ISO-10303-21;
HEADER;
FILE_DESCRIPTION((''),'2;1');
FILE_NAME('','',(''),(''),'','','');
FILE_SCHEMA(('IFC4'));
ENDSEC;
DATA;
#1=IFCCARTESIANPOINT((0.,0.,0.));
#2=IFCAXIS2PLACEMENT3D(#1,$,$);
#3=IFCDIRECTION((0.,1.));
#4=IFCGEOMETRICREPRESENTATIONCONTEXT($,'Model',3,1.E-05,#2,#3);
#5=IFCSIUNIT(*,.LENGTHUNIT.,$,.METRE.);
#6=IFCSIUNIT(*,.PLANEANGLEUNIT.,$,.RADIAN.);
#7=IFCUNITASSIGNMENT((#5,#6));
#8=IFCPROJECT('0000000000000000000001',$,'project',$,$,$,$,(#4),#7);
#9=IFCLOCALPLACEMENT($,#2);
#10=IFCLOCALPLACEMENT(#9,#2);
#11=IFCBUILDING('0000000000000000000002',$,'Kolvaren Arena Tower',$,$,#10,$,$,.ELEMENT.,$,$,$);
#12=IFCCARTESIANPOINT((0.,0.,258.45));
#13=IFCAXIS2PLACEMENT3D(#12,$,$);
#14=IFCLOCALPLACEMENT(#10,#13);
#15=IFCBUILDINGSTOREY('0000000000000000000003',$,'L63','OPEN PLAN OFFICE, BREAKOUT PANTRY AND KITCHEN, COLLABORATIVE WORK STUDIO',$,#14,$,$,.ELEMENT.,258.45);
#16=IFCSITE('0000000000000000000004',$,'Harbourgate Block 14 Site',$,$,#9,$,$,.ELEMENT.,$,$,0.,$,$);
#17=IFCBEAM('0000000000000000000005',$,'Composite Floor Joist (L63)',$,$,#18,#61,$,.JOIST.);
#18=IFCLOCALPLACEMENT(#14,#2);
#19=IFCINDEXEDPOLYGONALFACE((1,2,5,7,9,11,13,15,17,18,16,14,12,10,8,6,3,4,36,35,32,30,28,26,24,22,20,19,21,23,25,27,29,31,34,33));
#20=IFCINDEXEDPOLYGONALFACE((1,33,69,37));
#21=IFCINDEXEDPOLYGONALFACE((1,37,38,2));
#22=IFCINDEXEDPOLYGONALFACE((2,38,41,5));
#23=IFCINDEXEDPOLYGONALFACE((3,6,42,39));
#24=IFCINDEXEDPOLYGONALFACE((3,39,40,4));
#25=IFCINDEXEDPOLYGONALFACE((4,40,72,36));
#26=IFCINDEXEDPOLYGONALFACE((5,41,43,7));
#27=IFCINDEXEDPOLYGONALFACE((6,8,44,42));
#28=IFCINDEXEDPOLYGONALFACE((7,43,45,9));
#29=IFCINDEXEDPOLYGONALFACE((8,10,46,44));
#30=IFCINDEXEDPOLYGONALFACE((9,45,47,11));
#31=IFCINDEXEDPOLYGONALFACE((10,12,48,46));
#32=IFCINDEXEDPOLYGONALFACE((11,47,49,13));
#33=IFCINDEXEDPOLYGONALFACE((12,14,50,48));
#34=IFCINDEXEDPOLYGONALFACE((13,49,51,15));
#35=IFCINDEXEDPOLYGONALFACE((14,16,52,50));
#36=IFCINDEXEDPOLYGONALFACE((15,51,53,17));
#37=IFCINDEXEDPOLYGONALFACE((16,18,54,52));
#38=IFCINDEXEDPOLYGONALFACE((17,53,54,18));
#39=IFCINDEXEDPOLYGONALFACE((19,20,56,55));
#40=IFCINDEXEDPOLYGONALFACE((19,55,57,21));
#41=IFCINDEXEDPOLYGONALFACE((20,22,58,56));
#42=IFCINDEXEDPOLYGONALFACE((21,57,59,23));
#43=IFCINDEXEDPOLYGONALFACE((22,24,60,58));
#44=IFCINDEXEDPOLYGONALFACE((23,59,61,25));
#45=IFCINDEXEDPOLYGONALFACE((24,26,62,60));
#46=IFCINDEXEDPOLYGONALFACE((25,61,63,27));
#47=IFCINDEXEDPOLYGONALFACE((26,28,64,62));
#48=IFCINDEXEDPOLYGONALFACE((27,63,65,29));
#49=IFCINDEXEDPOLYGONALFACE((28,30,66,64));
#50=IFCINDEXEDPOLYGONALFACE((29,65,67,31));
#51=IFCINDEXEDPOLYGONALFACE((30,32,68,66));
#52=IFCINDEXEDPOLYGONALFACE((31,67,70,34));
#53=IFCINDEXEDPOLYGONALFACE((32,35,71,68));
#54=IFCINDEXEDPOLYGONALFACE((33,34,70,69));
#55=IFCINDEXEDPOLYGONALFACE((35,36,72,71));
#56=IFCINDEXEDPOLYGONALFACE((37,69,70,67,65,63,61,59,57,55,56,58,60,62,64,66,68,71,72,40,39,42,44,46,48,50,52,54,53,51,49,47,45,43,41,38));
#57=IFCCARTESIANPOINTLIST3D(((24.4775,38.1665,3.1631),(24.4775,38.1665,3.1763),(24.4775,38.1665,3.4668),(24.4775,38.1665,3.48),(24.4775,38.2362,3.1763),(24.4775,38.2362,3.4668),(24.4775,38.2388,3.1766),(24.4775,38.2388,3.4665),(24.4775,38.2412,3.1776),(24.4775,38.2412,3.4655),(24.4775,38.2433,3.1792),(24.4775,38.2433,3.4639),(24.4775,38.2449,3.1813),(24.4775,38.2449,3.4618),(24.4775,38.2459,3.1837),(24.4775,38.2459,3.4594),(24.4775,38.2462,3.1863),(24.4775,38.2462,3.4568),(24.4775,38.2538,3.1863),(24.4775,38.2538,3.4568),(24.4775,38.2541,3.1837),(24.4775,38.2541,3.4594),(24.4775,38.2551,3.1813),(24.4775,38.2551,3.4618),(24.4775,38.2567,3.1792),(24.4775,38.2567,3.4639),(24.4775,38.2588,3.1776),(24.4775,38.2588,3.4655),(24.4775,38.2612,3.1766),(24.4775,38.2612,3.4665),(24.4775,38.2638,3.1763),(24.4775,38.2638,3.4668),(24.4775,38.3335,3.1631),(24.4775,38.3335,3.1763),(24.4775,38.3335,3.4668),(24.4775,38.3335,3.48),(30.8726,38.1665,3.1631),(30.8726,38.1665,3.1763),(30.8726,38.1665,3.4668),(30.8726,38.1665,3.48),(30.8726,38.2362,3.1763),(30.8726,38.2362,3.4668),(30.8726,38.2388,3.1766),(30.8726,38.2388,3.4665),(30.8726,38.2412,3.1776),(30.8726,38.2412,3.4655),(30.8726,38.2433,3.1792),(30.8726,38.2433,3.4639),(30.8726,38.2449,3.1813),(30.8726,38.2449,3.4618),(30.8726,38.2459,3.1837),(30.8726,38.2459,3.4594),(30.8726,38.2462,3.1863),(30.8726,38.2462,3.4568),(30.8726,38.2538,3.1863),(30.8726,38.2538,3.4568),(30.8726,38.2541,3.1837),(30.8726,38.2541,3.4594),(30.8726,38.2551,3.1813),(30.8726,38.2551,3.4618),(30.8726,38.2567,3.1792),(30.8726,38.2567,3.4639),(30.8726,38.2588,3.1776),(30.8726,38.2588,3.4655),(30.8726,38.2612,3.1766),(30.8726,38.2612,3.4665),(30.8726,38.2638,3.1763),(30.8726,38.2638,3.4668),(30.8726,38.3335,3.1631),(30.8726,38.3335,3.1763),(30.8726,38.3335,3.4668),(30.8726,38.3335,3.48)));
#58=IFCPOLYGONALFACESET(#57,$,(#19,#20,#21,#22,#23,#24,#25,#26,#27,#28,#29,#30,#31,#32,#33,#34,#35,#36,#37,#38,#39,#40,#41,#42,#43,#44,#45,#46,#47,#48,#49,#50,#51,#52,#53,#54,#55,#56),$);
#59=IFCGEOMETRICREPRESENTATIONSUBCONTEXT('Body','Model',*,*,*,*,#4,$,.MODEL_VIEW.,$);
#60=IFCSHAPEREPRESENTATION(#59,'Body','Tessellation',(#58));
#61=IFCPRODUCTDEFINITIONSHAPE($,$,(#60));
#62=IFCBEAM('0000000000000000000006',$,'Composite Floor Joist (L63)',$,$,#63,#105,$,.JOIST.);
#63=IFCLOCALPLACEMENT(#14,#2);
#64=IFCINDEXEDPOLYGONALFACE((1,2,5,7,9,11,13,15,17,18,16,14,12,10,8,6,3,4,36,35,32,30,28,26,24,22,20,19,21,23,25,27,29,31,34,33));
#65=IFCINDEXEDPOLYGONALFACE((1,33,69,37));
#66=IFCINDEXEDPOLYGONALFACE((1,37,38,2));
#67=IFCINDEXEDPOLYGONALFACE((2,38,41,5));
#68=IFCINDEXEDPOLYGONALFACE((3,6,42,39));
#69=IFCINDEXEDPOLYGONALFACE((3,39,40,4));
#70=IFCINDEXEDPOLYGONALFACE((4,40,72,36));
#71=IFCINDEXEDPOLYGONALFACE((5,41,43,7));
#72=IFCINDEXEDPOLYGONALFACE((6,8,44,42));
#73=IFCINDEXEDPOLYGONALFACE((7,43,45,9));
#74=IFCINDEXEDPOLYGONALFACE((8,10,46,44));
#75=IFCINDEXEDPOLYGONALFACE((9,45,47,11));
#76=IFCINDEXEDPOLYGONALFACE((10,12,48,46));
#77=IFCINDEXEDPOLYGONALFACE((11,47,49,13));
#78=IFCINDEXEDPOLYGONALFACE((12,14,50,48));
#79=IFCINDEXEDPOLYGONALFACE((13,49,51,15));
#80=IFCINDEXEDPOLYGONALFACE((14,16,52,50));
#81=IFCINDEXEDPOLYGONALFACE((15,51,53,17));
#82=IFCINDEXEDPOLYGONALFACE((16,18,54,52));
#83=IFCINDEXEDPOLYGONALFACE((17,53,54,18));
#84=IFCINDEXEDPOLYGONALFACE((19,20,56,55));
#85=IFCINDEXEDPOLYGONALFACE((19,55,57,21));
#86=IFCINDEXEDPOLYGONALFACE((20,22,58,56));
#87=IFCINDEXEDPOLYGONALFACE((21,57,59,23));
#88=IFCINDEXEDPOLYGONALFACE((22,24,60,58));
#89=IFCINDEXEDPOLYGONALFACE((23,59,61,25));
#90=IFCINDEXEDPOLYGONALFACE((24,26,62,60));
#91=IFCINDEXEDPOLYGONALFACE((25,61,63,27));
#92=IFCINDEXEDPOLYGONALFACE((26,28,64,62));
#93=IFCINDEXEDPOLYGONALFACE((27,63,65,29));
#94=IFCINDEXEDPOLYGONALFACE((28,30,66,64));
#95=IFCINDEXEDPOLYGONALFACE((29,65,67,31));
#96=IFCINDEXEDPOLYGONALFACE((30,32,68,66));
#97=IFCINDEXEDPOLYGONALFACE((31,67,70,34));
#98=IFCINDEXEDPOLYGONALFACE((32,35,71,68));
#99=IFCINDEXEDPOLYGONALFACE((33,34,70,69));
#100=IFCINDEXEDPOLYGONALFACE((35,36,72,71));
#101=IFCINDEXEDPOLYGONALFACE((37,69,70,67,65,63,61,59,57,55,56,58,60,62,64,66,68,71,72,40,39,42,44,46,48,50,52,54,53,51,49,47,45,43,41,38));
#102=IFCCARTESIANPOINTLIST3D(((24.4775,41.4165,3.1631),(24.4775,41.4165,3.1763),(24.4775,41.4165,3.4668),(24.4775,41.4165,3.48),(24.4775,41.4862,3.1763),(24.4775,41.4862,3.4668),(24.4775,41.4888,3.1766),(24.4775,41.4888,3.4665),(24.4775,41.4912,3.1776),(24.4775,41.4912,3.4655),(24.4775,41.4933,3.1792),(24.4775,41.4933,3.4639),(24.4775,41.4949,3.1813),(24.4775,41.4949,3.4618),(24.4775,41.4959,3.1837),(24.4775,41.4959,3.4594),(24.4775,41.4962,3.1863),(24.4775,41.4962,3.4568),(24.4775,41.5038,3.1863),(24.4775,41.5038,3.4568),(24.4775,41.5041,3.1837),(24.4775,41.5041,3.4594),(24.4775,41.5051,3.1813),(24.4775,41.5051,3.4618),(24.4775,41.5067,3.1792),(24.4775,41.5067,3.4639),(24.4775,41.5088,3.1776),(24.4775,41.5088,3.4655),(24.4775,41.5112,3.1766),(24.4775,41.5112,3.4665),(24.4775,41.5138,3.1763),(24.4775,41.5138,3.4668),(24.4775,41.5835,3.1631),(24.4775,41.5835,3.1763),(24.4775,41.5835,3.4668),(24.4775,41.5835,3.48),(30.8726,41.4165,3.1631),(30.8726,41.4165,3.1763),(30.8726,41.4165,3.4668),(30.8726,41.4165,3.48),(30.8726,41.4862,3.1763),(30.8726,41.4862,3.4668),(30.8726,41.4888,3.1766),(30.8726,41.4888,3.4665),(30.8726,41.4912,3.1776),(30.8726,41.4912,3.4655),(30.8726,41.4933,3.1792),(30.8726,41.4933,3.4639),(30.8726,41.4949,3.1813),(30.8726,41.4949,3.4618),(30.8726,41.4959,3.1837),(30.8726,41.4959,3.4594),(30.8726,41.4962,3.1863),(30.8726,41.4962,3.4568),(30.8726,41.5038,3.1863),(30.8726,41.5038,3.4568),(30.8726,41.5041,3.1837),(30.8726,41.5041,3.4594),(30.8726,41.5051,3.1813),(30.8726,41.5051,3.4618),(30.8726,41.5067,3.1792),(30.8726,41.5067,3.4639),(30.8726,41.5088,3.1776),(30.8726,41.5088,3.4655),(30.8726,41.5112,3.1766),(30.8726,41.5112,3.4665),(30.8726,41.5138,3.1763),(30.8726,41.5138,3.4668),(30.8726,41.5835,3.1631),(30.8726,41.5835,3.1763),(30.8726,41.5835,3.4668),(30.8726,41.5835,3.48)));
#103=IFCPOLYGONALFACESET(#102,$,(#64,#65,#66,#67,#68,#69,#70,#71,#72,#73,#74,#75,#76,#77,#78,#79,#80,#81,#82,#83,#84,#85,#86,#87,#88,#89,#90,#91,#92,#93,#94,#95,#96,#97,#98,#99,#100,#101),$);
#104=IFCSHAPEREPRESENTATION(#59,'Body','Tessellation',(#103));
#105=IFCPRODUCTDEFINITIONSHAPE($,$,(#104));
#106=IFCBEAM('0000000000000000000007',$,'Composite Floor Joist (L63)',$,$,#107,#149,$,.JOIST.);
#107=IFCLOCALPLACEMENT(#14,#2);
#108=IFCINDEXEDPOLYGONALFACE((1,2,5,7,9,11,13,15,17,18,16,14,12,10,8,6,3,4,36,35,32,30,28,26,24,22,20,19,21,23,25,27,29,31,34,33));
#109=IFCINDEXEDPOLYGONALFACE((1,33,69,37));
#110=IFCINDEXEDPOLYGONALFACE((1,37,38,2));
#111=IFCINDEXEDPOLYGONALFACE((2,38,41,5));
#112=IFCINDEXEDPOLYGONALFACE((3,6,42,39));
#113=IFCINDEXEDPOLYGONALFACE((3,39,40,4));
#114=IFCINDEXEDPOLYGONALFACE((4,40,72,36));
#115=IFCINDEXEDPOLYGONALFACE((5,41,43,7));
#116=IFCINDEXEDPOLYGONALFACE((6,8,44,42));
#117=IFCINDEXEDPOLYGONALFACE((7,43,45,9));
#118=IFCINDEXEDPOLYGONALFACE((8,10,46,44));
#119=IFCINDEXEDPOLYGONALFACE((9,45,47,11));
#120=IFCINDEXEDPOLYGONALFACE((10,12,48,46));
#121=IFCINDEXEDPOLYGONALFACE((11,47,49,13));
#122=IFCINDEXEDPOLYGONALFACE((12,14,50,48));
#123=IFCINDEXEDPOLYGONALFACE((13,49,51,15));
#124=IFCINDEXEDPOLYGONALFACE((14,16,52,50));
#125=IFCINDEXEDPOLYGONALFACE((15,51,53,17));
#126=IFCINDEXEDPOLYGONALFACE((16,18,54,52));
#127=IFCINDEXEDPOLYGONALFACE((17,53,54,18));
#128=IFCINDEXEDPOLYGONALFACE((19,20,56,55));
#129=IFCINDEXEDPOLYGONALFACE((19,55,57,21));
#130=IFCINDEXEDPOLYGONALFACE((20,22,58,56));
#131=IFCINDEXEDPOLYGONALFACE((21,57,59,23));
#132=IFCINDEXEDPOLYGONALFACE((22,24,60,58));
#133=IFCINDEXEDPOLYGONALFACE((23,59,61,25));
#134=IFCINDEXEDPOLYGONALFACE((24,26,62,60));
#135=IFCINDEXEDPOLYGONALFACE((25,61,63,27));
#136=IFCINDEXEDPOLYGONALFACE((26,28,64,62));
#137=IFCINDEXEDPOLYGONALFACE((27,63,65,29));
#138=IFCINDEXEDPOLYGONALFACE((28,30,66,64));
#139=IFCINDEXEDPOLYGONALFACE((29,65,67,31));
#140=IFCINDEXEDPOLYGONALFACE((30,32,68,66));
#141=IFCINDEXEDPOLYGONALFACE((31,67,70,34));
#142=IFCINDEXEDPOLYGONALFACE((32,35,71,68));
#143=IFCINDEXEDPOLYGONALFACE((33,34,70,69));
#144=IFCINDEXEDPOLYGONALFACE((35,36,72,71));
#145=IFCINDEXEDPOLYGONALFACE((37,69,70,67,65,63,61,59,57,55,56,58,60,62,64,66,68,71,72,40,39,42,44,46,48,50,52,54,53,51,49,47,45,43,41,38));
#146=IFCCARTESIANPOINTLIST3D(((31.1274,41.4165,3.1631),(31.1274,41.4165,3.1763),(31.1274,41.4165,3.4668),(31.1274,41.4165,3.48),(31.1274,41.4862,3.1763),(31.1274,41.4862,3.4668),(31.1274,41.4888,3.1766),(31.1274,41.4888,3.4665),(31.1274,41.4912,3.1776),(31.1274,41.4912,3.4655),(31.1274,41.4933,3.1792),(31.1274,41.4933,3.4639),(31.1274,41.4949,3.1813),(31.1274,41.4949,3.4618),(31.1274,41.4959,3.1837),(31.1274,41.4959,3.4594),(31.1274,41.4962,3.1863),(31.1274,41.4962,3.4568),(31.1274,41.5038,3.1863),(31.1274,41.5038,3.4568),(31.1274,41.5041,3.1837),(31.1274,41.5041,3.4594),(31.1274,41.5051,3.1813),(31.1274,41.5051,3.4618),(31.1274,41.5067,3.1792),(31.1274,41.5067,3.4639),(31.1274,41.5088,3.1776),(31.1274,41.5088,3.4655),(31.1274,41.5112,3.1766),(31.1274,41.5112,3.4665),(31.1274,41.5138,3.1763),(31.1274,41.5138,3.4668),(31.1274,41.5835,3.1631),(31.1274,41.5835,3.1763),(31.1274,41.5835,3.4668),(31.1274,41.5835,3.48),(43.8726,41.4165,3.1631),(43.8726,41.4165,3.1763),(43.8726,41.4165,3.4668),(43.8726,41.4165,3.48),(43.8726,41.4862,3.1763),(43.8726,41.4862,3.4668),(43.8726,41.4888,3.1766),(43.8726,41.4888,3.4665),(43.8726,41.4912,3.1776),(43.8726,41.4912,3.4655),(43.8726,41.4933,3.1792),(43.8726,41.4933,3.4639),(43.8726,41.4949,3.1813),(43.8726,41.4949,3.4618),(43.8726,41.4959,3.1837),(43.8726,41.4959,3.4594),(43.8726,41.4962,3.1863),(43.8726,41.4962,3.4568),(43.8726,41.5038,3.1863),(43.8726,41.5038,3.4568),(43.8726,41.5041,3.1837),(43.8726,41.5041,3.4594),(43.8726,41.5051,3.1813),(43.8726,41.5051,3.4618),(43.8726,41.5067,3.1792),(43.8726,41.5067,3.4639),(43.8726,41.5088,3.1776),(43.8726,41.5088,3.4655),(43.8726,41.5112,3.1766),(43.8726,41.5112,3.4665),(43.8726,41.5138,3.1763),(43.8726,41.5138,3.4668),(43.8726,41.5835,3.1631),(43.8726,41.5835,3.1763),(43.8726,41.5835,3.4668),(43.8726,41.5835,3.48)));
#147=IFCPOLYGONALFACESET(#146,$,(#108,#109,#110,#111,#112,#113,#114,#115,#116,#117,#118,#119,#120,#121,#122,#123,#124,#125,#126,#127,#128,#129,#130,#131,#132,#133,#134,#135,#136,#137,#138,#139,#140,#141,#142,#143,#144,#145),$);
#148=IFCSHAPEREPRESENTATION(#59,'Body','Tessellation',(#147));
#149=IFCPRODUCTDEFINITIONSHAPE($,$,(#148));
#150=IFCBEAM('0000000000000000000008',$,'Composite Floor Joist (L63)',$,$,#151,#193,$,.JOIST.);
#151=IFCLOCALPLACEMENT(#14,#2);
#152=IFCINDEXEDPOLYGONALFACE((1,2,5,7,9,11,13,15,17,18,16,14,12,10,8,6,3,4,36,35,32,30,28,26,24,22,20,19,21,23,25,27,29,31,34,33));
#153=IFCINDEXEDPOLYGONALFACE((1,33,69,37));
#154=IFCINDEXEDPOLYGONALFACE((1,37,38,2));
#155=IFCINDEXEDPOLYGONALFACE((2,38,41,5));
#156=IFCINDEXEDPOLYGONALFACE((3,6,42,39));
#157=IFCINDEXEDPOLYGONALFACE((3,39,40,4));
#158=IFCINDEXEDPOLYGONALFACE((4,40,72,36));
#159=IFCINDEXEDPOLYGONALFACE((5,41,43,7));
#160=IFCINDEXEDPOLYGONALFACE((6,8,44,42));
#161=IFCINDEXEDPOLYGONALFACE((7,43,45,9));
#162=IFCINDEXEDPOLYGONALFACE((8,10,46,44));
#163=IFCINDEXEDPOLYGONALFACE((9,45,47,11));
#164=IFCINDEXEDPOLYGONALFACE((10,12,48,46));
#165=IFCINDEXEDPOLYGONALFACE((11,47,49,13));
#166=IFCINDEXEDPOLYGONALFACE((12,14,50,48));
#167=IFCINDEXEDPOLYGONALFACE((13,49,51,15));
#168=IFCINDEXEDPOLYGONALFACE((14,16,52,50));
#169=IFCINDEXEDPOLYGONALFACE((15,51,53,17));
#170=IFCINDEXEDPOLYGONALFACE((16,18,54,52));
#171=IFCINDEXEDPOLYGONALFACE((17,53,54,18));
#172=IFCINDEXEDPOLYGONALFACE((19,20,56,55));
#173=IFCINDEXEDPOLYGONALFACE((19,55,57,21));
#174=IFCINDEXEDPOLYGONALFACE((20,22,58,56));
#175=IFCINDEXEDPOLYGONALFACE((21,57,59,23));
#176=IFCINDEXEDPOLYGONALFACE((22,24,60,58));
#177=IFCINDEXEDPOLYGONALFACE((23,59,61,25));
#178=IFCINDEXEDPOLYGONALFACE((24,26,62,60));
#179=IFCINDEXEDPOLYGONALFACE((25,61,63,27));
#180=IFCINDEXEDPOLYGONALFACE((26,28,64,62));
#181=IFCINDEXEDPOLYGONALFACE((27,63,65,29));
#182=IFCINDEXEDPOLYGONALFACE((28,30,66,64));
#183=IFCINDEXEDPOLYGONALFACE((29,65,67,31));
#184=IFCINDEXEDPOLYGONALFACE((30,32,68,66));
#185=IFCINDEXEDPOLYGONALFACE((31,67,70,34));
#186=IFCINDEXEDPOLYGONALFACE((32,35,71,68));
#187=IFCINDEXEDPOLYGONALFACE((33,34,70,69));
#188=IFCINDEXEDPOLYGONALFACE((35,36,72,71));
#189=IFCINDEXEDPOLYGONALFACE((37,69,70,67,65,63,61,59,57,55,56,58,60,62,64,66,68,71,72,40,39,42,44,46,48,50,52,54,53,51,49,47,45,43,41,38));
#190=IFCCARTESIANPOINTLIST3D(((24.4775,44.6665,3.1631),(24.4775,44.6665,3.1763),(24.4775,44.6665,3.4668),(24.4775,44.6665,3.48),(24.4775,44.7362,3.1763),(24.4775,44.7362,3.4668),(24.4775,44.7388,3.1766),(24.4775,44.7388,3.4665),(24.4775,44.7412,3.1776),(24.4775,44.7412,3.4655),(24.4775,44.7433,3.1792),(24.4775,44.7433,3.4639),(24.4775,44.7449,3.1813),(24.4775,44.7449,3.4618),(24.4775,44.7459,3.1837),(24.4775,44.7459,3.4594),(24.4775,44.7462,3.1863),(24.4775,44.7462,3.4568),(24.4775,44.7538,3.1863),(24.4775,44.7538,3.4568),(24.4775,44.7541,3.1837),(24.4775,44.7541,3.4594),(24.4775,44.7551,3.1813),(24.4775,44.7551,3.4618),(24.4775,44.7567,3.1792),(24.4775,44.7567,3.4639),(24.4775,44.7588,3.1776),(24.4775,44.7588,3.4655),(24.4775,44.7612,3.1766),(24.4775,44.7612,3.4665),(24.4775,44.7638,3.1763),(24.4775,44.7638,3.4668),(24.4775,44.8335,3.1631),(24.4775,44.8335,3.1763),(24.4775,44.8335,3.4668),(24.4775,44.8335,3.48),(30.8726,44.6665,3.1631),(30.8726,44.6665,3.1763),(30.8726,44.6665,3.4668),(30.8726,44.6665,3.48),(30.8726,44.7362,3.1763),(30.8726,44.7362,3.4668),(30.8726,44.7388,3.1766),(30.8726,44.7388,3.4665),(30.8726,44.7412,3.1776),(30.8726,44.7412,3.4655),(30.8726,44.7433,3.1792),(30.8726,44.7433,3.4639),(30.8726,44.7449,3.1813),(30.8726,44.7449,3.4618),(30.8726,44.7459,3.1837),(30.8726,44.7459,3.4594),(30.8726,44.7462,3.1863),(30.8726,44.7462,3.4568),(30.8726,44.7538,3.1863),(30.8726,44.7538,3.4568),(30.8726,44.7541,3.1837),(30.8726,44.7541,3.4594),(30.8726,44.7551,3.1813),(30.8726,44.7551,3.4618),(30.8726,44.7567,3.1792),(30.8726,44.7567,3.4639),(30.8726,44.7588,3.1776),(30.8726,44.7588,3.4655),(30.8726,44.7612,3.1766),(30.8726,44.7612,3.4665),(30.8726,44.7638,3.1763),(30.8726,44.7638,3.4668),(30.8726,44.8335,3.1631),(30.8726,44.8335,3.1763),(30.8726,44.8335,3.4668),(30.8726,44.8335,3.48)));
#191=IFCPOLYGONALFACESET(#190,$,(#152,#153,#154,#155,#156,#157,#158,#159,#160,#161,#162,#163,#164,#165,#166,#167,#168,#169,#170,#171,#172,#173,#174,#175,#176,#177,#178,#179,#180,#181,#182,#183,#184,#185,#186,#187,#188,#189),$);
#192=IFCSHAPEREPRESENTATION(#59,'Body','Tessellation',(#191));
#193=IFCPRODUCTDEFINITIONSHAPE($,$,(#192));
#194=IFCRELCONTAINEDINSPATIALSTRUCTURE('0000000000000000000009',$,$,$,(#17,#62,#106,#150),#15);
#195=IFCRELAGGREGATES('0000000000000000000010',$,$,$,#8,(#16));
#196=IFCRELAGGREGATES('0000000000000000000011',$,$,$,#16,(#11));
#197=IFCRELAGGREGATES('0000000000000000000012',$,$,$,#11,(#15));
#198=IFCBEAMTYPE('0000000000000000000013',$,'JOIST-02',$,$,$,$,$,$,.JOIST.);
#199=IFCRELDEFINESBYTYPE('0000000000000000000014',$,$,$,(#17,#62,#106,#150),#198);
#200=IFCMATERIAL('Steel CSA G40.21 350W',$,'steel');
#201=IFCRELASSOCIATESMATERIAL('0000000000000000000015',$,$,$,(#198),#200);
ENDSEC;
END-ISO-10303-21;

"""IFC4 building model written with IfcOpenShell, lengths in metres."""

from ifc_helpers import new_model, si_unit, direction, frame, origin, origin_2d, place, context, subcontext, project, spatial, i_section, extrude, material, material_profile, profile_set, type_object, element, save


model = new_model("IFC4")

# Units and contexts
model_context = context("Model", 3, precision=1e-05, world=origin(), true_north=direction((0.0, 1.0)))
body_context = subcontext(model_context, "Body", "Model", "MODEL_VIEW")
ifc_project = project(units=[si_unit("LENGTHUNIT", "METRE"), si_unit("PLANEANGLEUNIT", "RADIAN")], contexts=[model_context])

# Site, building, storey
site_placement = place(None, origin())
site = spatial("IfcSite", under=ifc_project, at=site_placement, Name="Harbourgate Block 14 Site", CompositionType="ELEMENT", RefElevation=0.0)
building_placement = place(site_placement, origin())
building = spatial("IfcBuilding", under=site, at=building_placement, Name="Kolvaren Arena Tower", CompositionType="ELEMENT")
storey_placement = place(building_placement, frame((0.0, 0.0, 258.45)))
storey = spatial("IfcBuildingStorey", under=building, at=storey_placement, Name="L63", Description="OPEN PLAN OFFICE, BREAKOUT PANTRY AND KITCHEN, COLLABORATIVE WORK STUDIO", CompositionType="ELEMENT", Elevation=258.45)

# Beams
ifc_material_1 = material(Name="Steel CSA G40.21 350W", Category="steel")
ifc_material_profile_1 = material_profile(ifc_material_1, i_section(OverallWidth=0.167, OverallDepth=0.3169, WebThickness=0.0076, FlangeThickness=0.0132, FilletRadius=0.01, at=origin_2d()), Name="W310x52")
ifc_profile_set_1 = profile_set([ifc_material_profile_1], Name="Steel CSA G40.21 350W")
beam_type_1 = type_object("IfcBeamType", Name="JOIST-02", PredefinedType="JOIST", material=ifc_profile_set_1)
for number, where, z_axis, x_axis, name in (
    (1, (24.4775, 38.25, 3.3215), (1.0, 0.0, 0.0), (0.0, 1.0, 0.0), "Composite Floor Joist (L63)"),
    (2, (24.4775, 41.5, 3.3215), (1.0, 0.0, 0.0), (0.0, 1.0, 0.0), "Composite Floor Joist (L63)"),
):
    element("IfcBeam", number, at=place(storey_placement, frame(where, z_axis=z_axis, x_axis=x_axis)), inside=storey, type_object=beam_type_1, Name=name, PredefinedType="JOIST", context=body_context, shape_type="SweptSolid", body=[
        extrude(i_section(OverallWidth=0.167, OverallDepth=0.3169, WebThickness=0.0076, FlangeThickness=0.0132, FilletRadius=0.01, at=origin_2d()), origin(), (0.0, 0.0, 1.0), 6.395),
    ])
beam_1_placement = place(storey_placement, frame((31.1274, 41.5, 3.3215), z_axis=(1.0, 0.0, 0.0), x_axis=(0.0, 1.0, 0.0)))
element("IfcBeam", 3, at=beam_1_placement, inside=storey, type_object=beam_type_1, Name="Composite Floor Joist (L63)", PredefinedType="JOIST", context=body_context, shape_type="SweptSolid", body=[
    extrude(i_section(OverallWidth=0.167, OverallDepth=0.3169, WebThickness=0.0076, FlangeThickness=0.0132, FilletRadius=0.01, at=origin_2d()), origin(), (0.0, 0.0, 1.0), 12.7451),
])
beam_2_placement = place(storey_placement, frame((24.4775, 44.75, 3.3215), z_axis=(1.0, 0.0, 0.0), x_axis=(0.0, 1.0, 0.0)))
element("IfcBeam", 4, at=beam_2_placement, inside=storey, type_object=beam_type_1, Name="Composite Floor Joist (L63)", PredefinedType="JOIST", context=body_context, shape_type="SweptSolid", body=[
    extrude(i_section(OverallWidth=0.167, OverallDepth=0.3169, WebThickness=0.0076, FlangeThickness=0.0132, FilletRadius=0.01, at=origin_2d()), origin(), (0.0, 0.0, 1.0), 6.395),
])

save(model, "model.ifc")
